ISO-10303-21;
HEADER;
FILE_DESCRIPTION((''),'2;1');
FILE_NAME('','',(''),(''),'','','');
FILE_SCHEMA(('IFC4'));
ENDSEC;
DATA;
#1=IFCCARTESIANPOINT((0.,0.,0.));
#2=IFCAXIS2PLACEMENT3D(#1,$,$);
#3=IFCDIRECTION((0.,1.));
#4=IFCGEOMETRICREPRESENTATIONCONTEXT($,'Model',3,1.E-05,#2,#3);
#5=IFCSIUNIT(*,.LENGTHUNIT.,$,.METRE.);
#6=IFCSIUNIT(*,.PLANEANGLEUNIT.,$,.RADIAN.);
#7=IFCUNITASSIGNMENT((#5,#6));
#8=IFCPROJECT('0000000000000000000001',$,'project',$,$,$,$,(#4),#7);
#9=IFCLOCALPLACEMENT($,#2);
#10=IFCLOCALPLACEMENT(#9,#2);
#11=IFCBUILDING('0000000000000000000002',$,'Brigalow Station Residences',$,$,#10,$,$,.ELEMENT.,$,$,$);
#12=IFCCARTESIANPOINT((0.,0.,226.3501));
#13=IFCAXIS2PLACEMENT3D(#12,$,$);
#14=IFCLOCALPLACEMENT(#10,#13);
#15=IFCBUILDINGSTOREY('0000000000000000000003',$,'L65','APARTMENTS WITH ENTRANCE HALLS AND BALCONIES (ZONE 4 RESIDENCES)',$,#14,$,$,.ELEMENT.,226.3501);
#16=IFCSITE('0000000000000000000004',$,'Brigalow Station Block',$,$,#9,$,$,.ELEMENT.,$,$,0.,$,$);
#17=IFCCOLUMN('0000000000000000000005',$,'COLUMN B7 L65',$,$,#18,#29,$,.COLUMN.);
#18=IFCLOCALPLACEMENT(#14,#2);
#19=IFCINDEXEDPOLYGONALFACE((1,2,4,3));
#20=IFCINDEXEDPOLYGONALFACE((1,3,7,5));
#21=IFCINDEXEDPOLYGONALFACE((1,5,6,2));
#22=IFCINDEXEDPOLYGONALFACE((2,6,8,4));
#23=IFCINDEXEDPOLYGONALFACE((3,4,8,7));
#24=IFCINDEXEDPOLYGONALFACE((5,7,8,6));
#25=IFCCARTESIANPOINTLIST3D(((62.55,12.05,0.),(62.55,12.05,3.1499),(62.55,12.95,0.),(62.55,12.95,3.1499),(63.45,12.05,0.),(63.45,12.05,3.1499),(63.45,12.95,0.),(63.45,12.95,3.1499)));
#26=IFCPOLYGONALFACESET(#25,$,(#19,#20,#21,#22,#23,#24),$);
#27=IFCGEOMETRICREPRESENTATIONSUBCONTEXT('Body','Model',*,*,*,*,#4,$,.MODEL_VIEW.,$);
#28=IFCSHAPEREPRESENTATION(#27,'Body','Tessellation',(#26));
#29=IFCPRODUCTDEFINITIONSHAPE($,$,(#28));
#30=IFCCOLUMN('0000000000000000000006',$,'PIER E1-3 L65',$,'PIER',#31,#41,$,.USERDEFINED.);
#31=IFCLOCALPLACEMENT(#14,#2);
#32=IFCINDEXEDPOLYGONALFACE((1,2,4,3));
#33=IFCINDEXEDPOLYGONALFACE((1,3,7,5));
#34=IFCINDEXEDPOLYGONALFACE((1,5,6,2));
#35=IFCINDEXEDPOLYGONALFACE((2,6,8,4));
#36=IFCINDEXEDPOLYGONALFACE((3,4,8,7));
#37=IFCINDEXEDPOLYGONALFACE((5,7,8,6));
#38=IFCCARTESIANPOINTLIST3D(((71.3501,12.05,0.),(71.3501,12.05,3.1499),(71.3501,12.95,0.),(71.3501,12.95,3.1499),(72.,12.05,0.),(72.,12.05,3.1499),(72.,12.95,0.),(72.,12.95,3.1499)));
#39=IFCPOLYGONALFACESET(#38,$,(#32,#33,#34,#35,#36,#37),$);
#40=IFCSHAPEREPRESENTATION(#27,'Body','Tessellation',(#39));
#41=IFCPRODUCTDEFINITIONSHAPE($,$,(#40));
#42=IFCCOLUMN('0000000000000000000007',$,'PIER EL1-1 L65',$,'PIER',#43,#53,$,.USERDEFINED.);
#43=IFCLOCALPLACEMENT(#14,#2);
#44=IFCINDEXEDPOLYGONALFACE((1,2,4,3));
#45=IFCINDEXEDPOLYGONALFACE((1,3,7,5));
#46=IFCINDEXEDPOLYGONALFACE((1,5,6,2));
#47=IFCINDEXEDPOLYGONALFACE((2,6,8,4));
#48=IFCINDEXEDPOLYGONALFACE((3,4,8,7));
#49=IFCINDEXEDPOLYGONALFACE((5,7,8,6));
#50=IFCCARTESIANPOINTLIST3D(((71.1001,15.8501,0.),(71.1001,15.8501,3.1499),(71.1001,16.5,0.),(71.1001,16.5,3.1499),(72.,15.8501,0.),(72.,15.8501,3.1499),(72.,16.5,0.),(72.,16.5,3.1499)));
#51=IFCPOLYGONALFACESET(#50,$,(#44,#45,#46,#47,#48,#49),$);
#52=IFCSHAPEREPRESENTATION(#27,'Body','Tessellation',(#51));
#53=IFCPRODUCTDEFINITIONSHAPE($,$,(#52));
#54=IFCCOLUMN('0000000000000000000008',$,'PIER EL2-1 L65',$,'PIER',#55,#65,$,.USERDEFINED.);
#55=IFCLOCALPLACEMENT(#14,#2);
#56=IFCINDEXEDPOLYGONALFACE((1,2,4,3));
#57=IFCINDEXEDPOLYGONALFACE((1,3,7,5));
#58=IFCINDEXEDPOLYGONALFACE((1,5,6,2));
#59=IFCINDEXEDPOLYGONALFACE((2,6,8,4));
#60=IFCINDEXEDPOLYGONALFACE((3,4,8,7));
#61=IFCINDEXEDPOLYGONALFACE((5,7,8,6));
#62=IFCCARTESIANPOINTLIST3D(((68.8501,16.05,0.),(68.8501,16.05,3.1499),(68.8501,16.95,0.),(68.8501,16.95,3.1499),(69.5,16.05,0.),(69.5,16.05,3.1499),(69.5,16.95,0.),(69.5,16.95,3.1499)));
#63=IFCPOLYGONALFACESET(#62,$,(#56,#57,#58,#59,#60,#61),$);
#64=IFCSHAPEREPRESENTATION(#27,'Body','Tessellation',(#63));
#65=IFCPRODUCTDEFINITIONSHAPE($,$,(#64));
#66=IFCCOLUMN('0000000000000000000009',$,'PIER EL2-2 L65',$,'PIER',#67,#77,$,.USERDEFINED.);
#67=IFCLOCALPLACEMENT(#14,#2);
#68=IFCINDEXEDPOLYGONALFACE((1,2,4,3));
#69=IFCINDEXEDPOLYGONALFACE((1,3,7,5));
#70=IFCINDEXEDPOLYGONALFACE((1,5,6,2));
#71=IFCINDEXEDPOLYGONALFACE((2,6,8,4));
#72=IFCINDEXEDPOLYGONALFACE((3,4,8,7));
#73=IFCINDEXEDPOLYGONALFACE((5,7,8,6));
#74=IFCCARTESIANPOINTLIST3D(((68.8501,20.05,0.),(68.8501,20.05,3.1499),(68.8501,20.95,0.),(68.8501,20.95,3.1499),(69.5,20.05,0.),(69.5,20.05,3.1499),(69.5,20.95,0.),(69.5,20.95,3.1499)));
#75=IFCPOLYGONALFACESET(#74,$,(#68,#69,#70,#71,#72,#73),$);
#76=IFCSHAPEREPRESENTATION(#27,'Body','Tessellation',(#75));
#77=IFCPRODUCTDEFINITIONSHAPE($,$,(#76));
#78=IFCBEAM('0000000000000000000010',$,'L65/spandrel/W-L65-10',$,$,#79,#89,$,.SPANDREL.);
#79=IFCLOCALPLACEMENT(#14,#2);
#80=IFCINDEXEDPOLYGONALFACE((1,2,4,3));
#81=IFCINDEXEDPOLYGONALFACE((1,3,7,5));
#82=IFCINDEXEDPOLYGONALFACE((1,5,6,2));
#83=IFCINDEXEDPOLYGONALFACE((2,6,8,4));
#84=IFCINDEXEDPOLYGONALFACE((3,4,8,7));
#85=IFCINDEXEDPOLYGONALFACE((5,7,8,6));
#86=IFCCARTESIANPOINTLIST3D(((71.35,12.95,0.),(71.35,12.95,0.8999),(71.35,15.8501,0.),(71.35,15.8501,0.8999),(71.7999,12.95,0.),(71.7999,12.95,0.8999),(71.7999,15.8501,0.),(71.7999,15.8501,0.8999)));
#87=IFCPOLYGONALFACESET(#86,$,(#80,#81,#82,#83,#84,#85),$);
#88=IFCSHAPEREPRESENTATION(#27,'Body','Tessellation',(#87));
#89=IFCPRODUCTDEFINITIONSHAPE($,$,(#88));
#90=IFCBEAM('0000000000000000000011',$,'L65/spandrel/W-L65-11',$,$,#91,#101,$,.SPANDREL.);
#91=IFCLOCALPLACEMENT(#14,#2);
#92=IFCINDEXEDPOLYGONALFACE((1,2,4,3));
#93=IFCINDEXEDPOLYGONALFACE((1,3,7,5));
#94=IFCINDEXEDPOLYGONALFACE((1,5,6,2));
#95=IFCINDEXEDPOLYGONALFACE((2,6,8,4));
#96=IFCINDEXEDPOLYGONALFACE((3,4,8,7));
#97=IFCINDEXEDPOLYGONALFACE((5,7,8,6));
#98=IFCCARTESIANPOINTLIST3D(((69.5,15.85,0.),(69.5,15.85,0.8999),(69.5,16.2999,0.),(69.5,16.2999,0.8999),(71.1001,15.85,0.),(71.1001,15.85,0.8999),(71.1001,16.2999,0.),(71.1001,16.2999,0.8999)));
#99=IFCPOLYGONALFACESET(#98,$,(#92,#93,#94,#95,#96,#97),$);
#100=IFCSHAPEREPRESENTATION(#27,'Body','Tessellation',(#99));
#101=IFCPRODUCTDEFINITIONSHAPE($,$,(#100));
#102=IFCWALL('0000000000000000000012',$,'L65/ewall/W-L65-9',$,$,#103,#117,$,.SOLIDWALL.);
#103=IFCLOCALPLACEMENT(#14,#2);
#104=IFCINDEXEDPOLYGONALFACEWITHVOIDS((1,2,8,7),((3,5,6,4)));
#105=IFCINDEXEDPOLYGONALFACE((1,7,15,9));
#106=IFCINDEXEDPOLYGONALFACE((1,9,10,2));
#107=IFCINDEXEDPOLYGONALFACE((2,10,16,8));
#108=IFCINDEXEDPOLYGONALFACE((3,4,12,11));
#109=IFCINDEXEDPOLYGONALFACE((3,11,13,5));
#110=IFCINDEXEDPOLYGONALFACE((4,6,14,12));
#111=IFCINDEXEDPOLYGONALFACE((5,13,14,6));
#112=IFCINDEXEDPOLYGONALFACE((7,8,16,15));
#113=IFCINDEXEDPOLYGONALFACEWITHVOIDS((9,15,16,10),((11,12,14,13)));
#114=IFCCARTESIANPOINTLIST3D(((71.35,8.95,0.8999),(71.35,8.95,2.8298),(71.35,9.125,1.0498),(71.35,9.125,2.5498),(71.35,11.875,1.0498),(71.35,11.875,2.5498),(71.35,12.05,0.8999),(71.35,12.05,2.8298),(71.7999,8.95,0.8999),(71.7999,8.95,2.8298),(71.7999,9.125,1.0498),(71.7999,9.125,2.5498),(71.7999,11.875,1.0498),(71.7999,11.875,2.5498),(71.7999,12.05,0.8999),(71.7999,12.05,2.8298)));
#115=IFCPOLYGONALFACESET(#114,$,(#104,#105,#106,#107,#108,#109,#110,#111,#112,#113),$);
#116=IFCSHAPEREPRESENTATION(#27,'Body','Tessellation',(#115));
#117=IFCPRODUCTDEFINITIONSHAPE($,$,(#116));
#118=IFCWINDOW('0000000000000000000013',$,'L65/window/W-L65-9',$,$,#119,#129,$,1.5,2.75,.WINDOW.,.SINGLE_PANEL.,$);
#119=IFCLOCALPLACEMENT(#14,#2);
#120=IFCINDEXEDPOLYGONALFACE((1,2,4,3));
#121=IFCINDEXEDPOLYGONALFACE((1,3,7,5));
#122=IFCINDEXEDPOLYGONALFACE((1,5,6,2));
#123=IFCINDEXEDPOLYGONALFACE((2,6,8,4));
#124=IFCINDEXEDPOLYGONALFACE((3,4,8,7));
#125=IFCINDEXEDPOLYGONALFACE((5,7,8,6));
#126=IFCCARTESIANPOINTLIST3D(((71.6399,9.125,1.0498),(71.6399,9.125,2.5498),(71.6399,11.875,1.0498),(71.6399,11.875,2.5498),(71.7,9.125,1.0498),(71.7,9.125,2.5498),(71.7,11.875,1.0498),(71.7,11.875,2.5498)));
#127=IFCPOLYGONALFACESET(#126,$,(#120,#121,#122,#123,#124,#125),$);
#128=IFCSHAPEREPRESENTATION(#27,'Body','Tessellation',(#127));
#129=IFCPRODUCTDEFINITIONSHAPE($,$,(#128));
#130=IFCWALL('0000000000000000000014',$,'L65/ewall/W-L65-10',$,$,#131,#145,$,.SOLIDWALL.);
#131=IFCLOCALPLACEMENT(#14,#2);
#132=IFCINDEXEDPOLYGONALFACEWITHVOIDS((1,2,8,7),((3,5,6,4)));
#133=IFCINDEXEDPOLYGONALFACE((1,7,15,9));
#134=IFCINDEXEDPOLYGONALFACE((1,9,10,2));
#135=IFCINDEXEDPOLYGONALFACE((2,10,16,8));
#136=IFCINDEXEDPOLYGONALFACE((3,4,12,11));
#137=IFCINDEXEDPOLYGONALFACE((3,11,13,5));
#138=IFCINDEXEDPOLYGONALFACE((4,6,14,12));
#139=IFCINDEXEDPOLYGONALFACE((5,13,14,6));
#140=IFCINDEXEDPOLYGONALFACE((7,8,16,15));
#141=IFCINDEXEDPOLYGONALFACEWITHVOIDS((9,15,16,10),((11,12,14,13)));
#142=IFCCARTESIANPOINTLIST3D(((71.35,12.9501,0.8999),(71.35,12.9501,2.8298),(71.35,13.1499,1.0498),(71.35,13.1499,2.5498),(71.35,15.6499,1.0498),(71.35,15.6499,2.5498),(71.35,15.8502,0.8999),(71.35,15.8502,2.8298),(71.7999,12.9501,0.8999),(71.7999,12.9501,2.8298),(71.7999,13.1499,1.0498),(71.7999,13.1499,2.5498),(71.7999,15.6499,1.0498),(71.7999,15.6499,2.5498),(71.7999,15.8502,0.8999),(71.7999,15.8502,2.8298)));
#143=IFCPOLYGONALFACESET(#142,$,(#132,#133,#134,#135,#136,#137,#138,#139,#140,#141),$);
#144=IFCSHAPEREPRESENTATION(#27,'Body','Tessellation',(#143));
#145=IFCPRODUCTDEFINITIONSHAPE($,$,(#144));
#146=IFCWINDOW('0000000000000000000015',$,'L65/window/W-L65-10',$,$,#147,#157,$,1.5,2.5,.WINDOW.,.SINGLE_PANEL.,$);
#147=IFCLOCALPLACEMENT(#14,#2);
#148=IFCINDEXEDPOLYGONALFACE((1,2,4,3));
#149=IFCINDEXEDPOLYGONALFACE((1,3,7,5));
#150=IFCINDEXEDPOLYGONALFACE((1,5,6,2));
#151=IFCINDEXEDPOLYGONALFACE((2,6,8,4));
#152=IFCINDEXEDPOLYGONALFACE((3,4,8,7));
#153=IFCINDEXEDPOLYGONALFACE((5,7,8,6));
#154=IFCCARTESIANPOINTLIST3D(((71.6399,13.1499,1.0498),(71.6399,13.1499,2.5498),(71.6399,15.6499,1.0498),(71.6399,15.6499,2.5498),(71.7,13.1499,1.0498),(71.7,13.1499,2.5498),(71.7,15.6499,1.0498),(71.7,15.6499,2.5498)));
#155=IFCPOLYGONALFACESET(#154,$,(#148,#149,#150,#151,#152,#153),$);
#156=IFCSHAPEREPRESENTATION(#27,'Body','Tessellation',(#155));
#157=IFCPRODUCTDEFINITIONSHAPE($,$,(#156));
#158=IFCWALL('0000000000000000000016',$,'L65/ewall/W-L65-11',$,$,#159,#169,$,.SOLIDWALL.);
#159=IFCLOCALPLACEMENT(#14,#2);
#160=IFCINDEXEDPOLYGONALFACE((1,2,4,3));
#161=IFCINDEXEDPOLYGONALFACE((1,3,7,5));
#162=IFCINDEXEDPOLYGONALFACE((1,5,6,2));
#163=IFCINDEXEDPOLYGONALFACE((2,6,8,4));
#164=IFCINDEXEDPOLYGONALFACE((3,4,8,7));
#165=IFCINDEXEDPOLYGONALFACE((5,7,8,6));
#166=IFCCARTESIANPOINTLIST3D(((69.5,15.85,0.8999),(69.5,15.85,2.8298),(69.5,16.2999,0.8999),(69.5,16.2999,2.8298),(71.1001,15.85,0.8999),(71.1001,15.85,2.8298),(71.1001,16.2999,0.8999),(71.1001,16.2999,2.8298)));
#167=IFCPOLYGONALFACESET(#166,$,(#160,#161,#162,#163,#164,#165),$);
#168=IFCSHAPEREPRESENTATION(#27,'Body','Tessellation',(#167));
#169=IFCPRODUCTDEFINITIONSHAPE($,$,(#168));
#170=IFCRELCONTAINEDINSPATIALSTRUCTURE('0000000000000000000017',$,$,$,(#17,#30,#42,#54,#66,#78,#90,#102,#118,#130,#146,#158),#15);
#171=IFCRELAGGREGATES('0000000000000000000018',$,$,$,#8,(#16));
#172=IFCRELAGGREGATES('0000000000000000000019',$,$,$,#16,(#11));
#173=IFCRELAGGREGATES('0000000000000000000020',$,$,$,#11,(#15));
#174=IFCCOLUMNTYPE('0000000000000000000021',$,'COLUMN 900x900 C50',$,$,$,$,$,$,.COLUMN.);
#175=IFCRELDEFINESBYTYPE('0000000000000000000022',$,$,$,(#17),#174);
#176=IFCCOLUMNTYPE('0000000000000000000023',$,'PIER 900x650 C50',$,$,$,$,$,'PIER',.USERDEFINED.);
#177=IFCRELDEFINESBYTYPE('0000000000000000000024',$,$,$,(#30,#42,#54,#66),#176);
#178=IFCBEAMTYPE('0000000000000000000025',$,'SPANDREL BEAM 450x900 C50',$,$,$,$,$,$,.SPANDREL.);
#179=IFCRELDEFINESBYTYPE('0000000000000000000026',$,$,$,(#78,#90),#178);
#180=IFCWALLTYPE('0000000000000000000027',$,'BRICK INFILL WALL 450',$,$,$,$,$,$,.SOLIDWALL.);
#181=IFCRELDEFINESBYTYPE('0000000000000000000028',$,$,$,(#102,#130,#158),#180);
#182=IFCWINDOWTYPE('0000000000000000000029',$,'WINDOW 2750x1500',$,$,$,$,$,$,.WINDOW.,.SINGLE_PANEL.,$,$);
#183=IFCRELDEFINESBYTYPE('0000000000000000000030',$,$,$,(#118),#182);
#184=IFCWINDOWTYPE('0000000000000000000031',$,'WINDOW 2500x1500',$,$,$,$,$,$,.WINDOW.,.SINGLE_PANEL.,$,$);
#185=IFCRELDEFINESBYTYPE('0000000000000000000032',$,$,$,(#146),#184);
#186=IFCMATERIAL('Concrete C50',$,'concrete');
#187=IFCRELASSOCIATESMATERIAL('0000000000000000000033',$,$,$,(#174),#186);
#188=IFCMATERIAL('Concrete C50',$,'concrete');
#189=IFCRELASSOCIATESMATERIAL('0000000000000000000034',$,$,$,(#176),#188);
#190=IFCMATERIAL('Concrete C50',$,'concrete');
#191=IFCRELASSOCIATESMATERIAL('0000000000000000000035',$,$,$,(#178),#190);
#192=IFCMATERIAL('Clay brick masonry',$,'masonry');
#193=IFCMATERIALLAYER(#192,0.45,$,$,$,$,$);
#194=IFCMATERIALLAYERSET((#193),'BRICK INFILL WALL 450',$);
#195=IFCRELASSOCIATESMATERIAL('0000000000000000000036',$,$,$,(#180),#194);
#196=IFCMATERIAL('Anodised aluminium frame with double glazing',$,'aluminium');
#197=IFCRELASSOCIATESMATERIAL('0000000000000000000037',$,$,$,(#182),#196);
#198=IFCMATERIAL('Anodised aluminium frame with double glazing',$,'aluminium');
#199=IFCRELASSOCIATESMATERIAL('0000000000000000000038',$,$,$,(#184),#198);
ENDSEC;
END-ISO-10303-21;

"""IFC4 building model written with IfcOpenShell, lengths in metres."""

from ifc_helpers import new_model, si_unit, direction, frame, frame_2d, origin, origin_2d, place, context, subcontext, project, spatial, rectangle, extrude, material, layer, layer_set, material_profile, profile_set, type_object, element, fill, save


model = new_model("IFC4")

# Units and contexts
model_context = context("Model", 3, precision=1e-05, world=origin(), true_north=direction((0.0, 1.0)))
body_context = subcontext(model_context, "Body", "Model", "MODEL_VIEW")
ifc_project = project(units=[si_unit("LENGTHUNIT", "METRE"), si_unit("PLANEANGLEUNIT", "RADIAN")], contexts=[model_context])

# Site, building, storey
site_placement = place(None, origin())
site = spatial("IfcSite", under=ifc_project, at=site_placement, Name="Brigalow Station Block", CompositionType="ELEMENT", RefElevation=0.0)
building_placement = place(site_placement, origin())
building = spatial("IfcBuilding", under=site, at=building_placement, Name="Brigalow Station Residences", CompositionType="ELEMENT")
storey_placement = place(building_placement, frame((0.0, 0.0, 226.3501)))
storey = spatial("IfcBuildingStorey", under=building, at=storey_placement, Name="L65", Description="APARTMENTS WITH ENTRANCE HALLS AND BALCONIES (ZONE 4 RESIDENCES)", CompositionType="ELEMENT", Elevation=226.3501)

# Columns
ifc_material_1 = material(Name="Concrete C50", Category="concrete")
ifc_material_profile_1 = material_profile(ifc_material_1, rectangle(XDim=0.8999, YDim=0.8999, at=origin_2d()), Name="RC900x900")
ifc_profile_set_1 = profile_set([ifc_material_profile_1], Name="Concrete C50")
column_type_1 = type_object("IfcColumnType", Name="COLUMN 900x900 C50", PredefinedType="COLUMN", material=ifc_profile_set_1)
column_placement = place(storey_placement, frame((63.0, 12.5, 0.0), z_axis=(0.0, 0.0, 1.0), x_axis=(1.0, 0.0, 0.0)))
element("IfcColumn", 1, at=column_placement, inside=storey, type_object=column_type_1, Name="COLUMN B7 L65", PredefinedType="COLUMN", context=body_context, shape_type="SweptSolid", body=[
    extrude(rectangle(XDim=0.8999, YDim=0.8999, at=origin_2d()), origin(), (0.0, 0.0, 1.0), 3.1499),
])
ifc_material_2 = material(Name="Concrete C50", Category="concrete")
ifc_material_profile_2 = material_profile(ifc_material_2, rectangle(XDim=0.8999, YDim=0.6499, at=origin_2d()), Name="RC900x650")
ifc_profile_set_2 = profile_set([ifc_material_profile_2], Name="Concrete C50")
column_type_2 = type_object("IfcColumnType", Name="PIER 900x650 C50", ElementType="PIER", PredefinedType="USERDEFINED", material=ifc_profile_set_2)
for number, where, z_axis, x_axis, name in (
    (2, (71.675, 12.5, 0.0), (0.0, 0.0, 1.0), (0.0, 1.0, 0.0), "PIER E1-3 L65"),
    (3, (71.55, 16.175, 0.0), (0.0, 0.0, 1.0), (-1.0, 0.0, 0.0), "PIER EL1-1 L65"),
    (4, (69.175, 16.5, 0.0), (0.0, 0.0, 1.0), (0.0, 1.0, 0.0), "PIER EL2-1 L65"),
    (5, (69.175, 20.5, 0.0), (0.0, 0.0, 1.0), (0.0, 1.0, 0.0), "PIER EL2-2 L65"),
):
    element("IfcColumn", number, at=place(storey_placement, frame(where, z_axis=z_axis, x_axis=x_axis)), inside=storey, type_object=column_type_2, Name=name, ObjectType="PIER", PredefinedType="USERDEFINED", context=body_context, shape_type="SweptSolid", body=[
        extrude(rectangle(XDim=0.8999, YDim=0.6499, at=origin_2d()), origin(), (0.0, 0.0, 1.0), 3.1499),
    ])

# Beams
ifc_material_3 = material(Name="Concrete C50", Category="concrete")
ifc_material_profile_3 = material_profile(ifc_material_3, rectangle(XDim=0.45, YDim=0.8999, at=origin_2d()), Name="RC450x900")
ifc_profile_set_3 = profile_set([ifc_material_profile_3], Name="Concrete C50")
beam_type = type_object("IfcBeamType", Name="SPANDREL BEAM 450x900 C50", PredefinedType="SPANDREL", material=ifc_profile_set_3)
beam_1_placement = place(storey_placement, frame((71.575, 12.95, 0.45), z_axis=(0.0, 1.0, 0.0), x_axis=(-1.0, 0.0, 0.0)))
element("IfcBeam", 6, at=beam_1_placement, inside=storey, type_object=beam_type, Name="L65/spandrel/W-L65-10", PredefinedType="SPANDREL", context=body_context, shape_type="SweptSolid", body=[
    extrude(rectangle(XDim=0.45, YDim=0.8999, at=origin_2d()), origin(), (0.0, 0.0, 1.0), 2.9001),
])
beam_2_placement = place(storey_placement, frame((71.1001, 16.075, 0.45), z_axis=(-1.0, 0.0, 0.0), x_axis=(0.0, -1.0, 0.0)))
element("IfcBeam", 7, at=beam_2_placement, inside=storey, type_object=beam_type, Name="L65/spandrel/W-L65-11", PredefinedType="SPANDREL", context=body_context, shape_type="SweptSolid", body=[
    extrude(rectangle(XDim=0.45, YDim=0.8999, at=origin_2d()), origin(), (0.0, 0.0, 1.0), 1.6001),
])

# Walls, openings, windows
ifc_material_4 = material(Name="Clay brick masonry", Category="masonry")
ifc_layer_1 = layer(ifc_material_4, 0.45)
ifc_layer_set_1 = layer_set([ifc_layer_1], Name="BRICK INFILL WALL 450")
wall_type_1 = type_object("IfcWallType", Name="BRICK INFILL WALL 450", PredefinedType="SOLIDWALL", material=ifc_layer_set_1)
wall_1_placement = place(storey_placement, frame((71.575, 8.95, 0.8999), z_axis=(0.0, 0.0, 1.0), x_axis=(0.0, 1.0, 0.0)))
wall_1 = element("IfcWall", 8, at=wall_1_placement, inside=storey, type_object=wall_type_1, Name="L65/ewall/W-L65-9", PredefinedType="SOLIDWALL", context=body_context, shape_type="SweptSolid", body=[
    extrude(rectangle(XDim=3.1001, YDim=0.45, at=frame_2d((1.55, 0.0))), origin(), (0.0, 0.0, 1.0), 1.9299),
])
opening_1_placement = place(wall_1_placement, frame((0.175, 0.0, 0.1499)))
opening_1 = element("IfcOpeningElement", 9, at=opening_1_placement, cuts=wall_1, PredefinedType="OPENING", context=body_context, shape_type="SweptSolid", body=[
    extrude(rectangle(XDim=2.75, YDim=1.5, at=frame_2d((1.375, 0.75))), frame((0.0, 0.2349, 0.0), z_axis=(0.0, -1.0, 0.0), x_axis=(1.0, 0.0, 0.0)), (0.0, 0.0, 1.0), 0.47),
])
ifc_material_5 = material(Name="Anodised aluminium frame with double glazing", Category="aluminium")
window_type_1 = type_object("IfcWindowType", Name="WINDOW 2750x1500", PartitioningType="SINGLE_PANEL", PredefinedType="WINDOW", material=ifc_material_5)
window_1_placement = place(opening_1_placement, origin())
window_1 = element("IfcWindow", 10, at=window_1_placement, inside=storey, type_object=window_type_1, Name="L65/window/W-L65-9", OverallHeight=1.5, OverallWidth=2.75, PartitioningType="SINGLE_PANEL", PredefinedType="WINDOW", context=body_context, shape_type="SweptSolid", body=[
    extrude(rectangle(XDim=2.75, YDim=1.5, at=frame_2d((1.375, 0.75))), frame((0.0, -0.0649, 0.0), z_axis=(0.0, -1.0, 0.0), x_axis=(1.0, 0.0, 0.0)), (0.0, 0.0, 1.0), 0.0601),
])
fill(opening_1, window_1)
wall_2_placement = place(storey_placement, frame((71.575, 12.95, 0.8999), z_axis=(0.0, 0.0, 1.0), x_axis=(0.0, 1.0, 0.0)))
wall_2 = element("IfcWall", 11, at=wall_2_placement, inside=storey, type_object=wall_type_1, Name="L65/ewall/W-L65-10", PredefinedType="SOLIDWALL", context=body_context, shape_type="SweptSolid", body=[
    extrude(rectangle(XDim=2.9001, YDim=0.45, at=frame_2d((1.4502, 0.0))), origin(), (0.0, 0.0, 1.0), 1.9299),
])
opening_2_placement = place(wall_2_placement, frame((0.2, 0.0, 0.1499)))
opening_2 = element("IfcOpeningElement", 12, at=opening_2_placement, cuts=wall_2, PredefinedType="OPENING", context=body_context, shape_type="SweptSolid", body=[
    extrude(rectangle(XDim=2.5, YDim=1.5, at=frame_2d((1.25, 0.75))), frame((0.0, 0.2349, 0.0), z_axis=(0.0, -1.0, 0.0), x_axis=(1.0, 0.0, 0.0)), (0.0, 0.0, 1.0), 0.47),
])
ifc_material_6 = material(Name="Anodised aluminium frame with double glazing", Category="aluminium")
window_type_2 = type_object("IfcWindowType", Name="WINDOW 2500x1500", PartitioningType="SINGLE_PANEL", PredefinedType="WINDOW", material=ifc_material_6)
window_2_placement = place(opening_2_placement, origin())
window_2 = element("IfcWindow", 13, at=window_2_placement, inside=storey, type_object=window_type_2, Name="L65/window/W-L65-10", OverallHeight=1.5, OverallWidth=2.5, PartitioningType="SINGLE_PANEL", PredefinedType="WINDOW", context=body_context, shape_type="SweptSolid", body=[
    extrude(rectangle(XDim=2.5, YDim=1.5, at=frame_2d((1.25, 0.75))), frame((0.0, -0.0649, 0.0), z_axis=(0.0, -1.0, 0.0), x_axis=(1.0, 0.0, 0.0)), (0.0, 0.0, 1.0), 0.0601),
])
fill(opening_2, window_2)

# Wall
wall_3_placement = place(storey_placement, frame((71.1001, 16.075, 0.8999), z_axis=(0.0, 0.0, 1.0), x_axis=(-1.0, 0.0, 0.0)))
element("IfcWall", 14, at=wall_3_placement, inside=storey, type_object=wall_type_1, Name="L65/ewall/W-L65-11", PredefinedType="SOLIDWALL", context=body_context, shape_type="SweptSolid", body=[
    extrude(rectangle(XDim=1.6001, YDim=0.45, at=frame_2d((0.8, 0.0))), origin(), (0.0, 0.0, 1.0), 1.9299),
])

save(model, "model.ifc")
